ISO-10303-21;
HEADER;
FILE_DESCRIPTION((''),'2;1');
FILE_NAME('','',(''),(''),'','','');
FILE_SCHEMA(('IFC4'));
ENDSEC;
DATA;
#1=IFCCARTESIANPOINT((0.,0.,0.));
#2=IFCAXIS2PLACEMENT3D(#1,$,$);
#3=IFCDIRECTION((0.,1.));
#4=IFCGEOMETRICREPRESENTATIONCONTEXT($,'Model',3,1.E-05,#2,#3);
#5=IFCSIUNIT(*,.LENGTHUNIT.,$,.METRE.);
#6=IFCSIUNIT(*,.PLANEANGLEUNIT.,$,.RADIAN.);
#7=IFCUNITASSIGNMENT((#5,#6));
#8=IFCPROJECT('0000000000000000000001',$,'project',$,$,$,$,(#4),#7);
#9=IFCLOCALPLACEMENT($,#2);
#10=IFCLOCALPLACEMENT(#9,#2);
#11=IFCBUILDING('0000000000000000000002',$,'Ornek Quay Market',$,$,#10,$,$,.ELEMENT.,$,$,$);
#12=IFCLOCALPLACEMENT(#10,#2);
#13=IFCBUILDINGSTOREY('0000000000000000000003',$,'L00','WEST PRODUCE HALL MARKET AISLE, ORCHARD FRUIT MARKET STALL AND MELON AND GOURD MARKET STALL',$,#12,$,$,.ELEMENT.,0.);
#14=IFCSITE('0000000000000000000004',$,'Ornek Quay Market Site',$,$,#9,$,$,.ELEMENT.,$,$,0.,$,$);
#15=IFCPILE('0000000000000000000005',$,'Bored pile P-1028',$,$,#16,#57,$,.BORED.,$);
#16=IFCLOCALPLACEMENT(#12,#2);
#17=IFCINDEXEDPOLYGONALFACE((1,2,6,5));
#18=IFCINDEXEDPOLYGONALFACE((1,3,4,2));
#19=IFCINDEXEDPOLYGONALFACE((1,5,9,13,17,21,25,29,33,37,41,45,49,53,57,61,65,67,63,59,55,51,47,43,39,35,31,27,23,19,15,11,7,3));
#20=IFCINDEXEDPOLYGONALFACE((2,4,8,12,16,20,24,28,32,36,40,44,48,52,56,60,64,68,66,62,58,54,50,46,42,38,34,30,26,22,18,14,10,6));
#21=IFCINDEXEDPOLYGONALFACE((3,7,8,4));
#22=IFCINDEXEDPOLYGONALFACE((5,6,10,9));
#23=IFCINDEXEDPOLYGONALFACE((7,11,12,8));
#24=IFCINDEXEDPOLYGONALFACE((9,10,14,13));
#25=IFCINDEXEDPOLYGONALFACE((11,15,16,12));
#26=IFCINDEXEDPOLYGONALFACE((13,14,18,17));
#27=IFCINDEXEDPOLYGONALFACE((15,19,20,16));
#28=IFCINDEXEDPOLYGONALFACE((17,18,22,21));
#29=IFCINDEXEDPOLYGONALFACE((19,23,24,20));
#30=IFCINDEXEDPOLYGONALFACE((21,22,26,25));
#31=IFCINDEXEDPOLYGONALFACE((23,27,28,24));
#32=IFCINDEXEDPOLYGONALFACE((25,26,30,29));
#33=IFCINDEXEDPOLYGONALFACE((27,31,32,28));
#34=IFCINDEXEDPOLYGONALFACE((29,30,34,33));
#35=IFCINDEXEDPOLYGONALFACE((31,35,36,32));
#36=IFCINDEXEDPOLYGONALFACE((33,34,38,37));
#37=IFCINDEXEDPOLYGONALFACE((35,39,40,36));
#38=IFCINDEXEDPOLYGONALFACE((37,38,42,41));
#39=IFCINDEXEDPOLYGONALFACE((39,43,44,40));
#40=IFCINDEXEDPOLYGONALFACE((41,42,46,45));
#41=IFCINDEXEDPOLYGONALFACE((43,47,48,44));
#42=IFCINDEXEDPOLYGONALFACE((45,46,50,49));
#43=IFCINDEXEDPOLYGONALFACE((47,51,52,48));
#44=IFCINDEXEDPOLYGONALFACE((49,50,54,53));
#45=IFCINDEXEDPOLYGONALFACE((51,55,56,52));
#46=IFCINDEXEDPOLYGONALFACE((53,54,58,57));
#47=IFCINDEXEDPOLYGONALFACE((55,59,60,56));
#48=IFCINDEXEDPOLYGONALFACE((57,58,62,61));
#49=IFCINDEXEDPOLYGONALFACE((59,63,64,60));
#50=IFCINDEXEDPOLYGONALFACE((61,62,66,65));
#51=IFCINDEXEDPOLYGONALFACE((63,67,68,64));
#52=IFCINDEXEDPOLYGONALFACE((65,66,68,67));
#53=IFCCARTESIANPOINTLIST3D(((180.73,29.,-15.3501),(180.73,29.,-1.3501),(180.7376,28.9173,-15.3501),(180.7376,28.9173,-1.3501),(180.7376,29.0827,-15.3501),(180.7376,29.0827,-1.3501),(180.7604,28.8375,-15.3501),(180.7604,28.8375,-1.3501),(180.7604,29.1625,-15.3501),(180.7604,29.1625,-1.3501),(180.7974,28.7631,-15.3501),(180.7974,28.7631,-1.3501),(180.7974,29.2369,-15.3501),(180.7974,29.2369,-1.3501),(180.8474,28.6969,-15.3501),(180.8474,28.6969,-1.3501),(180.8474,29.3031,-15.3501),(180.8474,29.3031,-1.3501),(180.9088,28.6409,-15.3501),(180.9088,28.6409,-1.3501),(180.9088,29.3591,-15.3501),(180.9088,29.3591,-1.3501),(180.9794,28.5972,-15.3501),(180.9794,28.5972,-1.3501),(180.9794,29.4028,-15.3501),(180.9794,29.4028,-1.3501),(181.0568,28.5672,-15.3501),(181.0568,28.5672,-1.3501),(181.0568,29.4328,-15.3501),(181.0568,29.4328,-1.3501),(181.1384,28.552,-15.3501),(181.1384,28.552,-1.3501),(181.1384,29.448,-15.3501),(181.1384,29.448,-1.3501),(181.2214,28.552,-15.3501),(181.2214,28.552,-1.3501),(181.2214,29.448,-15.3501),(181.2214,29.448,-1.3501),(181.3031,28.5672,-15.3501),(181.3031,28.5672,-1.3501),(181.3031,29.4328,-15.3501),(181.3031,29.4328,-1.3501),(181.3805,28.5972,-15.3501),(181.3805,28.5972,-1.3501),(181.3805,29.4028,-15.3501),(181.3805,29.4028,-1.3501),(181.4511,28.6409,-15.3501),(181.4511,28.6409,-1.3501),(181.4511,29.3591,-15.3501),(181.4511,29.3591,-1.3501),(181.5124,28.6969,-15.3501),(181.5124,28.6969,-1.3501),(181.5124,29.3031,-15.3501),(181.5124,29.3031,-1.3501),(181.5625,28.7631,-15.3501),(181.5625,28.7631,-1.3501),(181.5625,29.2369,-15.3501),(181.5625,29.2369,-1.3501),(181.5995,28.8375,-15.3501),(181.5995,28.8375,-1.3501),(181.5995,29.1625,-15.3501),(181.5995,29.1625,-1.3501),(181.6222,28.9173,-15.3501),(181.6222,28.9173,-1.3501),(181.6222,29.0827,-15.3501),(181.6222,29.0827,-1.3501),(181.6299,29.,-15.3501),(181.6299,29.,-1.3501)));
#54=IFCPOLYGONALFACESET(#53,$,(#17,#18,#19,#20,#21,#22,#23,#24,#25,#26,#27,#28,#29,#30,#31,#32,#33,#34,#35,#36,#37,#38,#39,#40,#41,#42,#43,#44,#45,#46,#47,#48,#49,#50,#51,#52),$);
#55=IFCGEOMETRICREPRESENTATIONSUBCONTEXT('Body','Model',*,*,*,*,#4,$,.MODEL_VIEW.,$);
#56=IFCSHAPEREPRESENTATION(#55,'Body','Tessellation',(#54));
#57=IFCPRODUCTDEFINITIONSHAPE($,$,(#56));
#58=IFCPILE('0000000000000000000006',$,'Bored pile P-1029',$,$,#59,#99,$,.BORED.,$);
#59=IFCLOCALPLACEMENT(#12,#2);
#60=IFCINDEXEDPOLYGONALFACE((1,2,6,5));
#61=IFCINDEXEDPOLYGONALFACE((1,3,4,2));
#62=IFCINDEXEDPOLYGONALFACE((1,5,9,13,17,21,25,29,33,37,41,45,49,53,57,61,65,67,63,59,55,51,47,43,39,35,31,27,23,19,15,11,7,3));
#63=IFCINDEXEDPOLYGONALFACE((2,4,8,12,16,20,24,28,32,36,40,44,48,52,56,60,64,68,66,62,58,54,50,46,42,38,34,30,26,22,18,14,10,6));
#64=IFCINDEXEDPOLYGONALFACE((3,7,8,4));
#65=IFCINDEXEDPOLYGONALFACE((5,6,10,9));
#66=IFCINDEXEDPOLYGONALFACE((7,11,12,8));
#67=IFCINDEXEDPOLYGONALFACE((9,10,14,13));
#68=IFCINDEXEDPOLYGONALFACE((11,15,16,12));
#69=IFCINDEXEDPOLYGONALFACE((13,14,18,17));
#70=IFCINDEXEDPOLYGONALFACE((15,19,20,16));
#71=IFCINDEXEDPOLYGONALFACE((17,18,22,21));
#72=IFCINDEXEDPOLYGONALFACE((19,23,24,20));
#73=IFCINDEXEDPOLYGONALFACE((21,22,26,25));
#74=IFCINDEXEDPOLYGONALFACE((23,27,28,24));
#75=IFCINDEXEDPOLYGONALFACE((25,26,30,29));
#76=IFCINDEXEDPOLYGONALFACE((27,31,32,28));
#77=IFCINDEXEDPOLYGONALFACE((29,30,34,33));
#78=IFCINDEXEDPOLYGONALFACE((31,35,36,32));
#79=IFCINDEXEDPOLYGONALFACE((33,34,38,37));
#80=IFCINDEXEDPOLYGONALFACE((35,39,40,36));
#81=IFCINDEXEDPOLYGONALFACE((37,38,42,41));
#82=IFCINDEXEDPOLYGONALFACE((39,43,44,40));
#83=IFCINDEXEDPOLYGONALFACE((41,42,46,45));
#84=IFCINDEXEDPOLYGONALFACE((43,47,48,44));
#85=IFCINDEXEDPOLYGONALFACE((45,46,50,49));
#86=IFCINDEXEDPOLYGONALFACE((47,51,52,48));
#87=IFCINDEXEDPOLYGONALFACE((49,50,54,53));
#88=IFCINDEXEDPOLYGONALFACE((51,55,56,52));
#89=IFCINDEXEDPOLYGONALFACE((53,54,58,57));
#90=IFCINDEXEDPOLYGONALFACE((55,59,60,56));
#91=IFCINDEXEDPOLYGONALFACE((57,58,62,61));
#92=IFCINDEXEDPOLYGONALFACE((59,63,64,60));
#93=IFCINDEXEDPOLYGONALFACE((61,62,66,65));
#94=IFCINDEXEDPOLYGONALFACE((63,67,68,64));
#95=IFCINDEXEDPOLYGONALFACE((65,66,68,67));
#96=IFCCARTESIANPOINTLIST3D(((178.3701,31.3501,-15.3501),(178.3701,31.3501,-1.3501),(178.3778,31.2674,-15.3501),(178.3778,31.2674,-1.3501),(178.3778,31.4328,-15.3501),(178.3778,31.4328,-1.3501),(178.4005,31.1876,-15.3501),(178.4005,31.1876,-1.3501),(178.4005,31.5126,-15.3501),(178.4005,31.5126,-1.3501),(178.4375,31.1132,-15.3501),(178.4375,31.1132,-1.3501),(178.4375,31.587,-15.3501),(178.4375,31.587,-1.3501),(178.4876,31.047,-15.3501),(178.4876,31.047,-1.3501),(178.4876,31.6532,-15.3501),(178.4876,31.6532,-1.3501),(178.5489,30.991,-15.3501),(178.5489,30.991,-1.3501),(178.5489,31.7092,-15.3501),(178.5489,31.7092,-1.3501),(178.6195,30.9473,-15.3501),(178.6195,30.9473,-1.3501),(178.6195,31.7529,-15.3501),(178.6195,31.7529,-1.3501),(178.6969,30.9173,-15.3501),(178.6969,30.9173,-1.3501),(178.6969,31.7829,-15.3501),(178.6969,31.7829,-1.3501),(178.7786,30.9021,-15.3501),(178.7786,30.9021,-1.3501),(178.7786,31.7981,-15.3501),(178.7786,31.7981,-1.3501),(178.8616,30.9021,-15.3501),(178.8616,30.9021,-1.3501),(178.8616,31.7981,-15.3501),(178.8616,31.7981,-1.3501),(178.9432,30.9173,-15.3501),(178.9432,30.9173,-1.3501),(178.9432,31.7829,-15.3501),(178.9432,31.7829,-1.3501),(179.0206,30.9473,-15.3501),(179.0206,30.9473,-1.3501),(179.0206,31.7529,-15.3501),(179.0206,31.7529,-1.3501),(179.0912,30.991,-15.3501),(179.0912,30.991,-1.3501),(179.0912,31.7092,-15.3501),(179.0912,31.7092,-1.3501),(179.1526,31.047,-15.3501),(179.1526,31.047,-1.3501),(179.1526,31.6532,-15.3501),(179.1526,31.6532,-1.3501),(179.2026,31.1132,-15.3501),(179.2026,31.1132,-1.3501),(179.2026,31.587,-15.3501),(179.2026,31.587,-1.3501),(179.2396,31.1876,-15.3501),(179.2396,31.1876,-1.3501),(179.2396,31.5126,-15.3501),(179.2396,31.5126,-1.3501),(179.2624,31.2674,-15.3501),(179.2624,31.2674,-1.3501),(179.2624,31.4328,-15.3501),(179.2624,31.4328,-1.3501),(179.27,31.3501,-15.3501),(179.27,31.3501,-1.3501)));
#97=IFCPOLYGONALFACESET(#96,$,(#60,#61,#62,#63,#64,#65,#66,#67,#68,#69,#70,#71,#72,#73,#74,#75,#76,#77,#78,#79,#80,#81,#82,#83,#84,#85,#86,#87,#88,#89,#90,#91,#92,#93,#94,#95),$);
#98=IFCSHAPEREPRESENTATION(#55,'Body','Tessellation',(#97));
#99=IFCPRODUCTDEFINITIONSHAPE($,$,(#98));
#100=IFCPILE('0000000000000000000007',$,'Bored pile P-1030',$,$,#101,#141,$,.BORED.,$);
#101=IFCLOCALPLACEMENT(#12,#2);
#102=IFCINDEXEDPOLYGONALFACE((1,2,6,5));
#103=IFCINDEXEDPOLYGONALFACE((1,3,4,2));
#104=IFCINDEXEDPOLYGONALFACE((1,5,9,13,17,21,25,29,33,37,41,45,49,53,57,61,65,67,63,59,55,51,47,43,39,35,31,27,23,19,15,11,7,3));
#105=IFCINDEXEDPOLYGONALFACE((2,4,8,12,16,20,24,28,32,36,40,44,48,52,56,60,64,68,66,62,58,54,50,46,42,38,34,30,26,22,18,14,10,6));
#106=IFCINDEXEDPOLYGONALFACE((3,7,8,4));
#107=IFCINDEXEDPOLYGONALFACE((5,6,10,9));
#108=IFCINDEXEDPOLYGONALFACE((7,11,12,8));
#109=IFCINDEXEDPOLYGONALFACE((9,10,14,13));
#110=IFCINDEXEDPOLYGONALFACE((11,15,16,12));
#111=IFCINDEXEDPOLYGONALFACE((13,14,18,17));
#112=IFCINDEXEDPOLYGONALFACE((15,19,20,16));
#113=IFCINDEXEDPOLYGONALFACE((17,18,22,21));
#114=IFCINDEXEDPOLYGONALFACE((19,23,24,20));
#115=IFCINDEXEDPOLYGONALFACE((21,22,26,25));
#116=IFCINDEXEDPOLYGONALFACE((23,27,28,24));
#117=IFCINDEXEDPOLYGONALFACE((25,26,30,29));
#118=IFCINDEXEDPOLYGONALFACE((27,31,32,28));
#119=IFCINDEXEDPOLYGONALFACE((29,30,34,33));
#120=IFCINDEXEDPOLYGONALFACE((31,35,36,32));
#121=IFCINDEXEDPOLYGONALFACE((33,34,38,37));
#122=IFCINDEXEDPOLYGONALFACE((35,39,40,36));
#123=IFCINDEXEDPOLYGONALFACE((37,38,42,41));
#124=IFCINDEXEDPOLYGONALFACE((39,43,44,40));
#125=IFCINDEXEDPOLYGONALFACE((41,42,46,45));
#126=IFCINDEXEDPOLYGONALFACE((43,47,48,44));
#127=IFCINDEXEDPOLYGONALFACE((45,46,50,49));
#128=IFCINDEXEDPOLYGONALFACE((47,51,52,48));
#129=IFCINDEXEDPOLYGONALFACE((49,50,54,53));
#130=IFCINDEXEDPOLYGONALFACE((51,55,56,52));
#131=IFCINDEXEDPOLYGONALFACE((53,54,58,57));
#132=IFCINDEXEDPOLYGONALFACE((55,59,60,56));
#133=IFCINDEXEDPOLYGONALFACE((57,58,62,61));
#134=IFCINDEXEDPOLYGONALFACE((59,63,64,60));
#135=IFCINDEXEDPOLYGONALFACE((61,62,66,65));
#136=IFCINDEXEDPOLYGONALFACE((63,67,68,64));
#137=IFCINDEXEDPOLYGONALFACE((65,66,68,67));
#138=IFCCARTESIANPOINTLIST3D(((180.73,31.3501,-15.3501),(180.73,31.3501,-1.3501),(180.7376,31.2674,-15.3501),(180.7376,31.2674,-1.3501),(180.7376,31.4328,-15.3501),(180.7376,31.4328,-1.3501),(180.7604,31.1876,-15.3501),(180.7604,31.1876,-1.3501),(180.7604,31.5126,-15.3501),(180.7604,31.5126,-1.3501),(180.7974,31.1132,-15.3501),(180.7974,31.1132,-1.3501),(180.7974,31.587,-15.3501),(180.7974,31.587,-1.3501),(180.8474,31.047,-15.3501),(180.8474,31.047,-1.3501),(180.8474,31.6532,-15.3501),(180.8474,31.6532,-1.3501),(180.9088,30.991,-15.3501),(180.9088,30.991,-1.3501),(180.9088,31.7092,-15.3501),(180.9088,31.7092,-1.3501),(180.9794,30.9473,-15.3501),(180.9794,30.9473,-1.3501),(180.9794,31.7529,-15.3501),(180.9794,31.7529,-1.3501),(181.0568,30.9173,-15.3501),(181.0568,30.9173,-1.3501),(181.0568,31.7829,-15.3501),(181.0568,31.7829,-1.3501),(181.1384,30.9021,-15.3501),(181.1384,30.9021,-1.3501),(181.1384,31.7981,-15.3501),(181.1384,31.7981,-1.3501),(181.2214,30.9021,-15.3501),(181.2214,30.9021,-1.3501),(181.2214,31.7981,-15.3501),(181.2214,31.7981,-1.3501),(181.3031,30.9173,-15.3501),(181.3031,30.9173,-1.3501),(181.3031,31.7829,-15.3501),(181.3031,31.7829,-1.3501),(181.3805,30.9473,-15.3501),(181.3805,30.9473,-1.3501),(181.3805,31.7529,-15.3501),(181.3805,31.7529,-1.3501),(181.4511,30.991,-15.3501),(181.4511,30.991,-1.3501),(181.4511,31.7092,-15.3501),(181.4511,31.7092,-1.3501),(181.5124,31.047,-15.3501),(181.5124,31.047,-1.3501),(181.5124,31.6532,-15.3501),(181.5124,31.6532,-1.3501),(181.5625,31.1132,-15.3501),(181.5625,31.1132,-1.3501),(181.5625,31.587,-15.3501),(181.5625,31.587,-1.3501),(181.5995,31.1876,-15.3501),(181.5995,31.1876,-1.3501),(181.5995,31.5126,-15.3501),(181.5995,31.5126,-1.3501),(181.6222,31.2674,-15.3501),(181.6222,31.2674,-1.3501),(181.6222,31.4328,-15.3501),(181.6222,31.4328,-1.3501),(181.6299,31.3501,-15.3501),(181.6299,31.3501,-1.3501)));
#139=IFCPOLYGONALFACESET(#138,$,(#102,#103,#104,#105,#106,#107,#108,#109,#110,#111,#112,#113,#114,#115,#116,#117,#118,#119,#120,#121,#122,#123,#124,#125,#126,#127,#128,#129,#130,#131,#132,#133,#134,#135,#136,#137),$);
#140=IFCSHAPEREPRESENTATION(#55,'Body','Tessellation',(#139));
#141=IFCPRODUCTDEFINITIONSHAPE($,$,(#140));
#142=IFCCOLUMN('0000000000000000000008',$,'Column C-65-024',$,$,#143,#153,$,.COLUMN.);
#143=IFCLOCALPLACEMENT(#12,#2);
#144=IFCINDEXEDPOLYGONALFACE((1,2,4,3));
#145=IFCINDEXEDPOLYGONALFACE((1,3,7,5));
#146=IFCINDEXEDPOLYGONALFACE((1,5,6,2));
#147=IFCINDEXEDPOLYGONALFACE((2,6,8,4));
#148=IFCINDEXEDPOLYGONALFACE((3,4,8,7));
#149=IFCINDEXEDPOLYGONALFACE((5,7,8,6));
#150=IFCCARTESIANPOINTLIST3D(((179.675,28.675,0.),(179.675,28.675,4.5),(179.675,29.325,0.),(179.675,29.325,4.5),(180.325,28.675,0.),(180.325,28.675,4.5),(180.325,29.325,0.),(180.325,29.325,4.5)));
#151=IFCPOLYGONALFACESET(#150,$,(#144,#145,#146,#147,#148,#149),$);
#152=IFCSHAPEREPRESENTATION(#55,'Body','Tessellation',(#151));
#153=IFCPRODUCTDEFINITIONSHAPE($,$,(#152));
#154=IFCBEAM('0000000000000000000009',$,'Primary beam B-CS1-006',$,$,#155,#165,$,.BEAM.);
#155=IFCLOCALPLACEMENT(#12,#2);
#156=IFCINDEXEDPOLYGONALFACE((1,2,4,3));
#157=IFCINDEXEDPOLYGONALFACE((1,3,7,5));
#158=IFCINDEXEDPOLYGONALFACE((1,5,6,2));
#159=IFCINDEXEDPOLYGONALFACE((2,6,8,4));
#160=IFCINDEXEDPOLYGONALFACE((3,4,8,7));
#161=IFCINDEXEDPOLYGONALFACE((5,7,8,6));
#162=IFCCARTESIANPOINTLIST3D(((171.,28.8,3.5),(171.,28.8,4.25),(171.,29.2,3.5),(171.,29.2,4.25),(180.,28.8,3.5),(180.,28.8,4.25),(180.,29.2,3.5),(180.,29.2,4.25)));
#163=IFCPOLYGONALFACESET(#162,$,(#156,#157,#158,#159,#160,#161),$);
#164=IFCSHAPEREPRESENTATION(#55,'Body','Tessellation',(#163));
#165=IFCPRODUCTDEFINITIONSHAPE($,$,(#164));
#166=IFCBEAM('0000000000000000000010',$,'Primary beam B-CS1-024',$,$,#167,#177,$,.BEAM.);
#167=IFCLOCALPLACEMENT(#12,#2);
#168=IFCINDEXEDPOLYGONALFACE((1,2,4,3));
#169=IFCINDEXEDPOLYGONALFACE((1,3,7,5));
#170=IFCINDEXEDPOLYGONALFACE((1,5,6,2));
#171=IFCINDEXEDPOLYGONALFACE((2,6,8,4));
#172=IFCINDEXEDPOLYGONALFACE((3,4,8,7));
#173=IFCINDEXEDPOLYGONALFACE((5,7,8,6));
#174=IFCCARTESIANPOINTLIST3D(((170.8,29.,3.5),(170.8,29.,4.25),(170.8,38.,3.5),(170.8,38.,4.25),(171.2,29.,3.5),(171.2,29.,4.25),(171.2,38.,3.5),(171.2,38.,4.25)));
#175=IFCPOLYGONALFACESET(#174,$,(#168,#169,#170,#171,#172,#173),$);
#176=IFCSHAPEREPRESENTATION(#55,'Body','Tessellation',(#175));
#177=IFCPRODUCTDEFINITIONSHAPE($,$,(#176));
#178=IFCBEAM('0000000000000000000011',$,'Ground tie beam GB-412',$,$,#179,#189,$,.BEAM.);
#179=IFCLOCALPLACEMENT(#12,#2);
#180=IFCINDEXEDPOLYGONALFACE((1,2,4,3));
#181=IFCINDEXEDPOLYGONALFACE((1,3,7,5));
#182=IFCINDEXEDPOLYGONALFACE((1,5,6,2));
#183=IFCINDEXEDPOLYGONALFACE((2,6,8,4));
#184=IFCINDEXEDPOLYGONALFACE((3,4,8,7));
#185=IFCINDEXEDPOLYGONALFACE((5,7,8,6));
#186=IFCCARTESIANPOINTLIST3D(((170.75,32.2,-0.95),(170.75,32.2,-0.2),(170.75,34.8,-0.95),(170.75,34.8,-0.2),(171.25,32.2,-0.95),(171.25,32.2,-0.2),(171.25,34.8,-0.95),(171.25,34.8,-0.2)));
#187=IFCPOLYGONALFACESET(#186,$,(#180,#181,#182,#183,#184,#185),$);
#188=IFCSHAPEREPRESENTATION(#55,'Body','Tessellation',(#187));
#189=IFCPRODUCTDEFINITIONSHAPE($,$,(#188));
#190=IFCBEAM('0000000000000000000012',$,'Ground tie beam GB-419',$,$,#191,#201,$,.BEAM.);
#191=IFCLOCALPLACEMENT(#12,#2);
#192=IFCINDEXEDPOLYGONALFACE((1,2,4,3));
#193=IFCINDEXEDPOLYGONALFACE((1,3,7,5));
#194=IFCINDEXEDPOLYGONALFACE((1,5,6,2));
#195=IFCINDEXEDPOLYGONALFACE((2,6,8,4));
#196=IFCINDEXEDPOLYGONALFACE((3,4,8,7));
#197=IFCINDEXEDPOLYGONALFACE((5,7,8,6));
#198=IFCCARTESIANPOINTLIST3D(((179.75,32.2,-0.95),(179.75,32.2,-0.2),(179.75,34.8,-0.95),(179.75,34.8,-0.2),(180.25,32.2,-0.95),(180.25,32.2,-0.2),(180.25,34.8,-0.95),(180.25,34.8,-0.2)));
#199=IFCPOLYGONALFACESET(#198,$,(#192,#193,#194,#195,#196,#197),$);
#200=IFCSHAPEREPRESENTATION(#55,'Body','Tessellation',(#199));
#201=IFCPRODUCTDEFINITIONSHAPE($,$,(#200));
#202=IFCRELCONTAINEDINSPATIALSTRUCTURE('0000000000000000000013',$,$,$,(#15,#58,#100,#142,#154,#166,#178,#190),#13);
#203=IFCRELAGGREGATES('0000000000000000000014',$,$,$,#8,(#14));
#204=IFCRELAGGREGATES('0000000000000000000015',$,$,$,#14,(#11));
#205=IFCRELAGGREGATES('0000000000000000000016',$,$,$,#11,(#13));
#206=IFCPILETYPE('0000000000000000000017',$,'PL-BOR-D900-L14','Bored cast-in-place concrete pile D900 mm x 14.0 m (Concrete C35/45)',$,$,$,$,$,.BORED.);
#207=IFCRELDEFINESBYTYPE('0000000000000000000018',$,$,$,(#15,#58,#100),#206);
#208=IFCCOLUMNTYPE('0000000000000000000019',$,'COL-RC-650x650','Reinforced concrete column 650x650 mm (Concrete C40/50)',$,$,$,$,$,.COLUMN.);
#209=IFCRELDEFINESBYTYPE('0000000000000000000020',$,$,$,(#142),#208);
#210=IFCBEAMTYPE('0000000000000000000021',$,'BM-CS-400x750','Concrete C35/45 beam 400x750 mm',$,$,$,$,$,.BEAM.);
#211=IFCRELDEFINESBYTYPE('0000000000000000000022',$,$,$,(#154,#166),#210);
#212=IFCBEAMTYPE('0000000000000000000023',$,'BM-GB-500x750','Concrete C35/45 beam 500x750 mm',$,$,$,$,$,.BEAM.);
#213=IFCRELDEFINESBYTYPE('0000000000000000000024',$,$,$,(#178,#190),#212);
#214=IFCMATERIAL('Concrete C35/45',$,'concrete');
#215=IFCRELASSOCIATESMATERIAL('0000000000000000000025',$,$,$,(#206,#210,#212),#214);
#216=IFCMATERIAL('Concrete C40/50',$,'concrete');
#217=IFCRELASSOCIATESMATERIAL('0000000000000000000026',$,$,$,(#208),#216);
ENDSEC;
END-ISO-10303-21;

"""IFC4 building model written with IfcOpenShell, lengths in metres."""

from ifc_helpers import new_model, si_unit, direction, frame, origin, origin_2d, place, context, subcontext, project, spatial, rectangle, circle, extrude, material, material_profile, profile_set, type_object, element, save


model = new_model("IFC4")

# Units and contexts
model_context = context("Model", 3, precision=1e-05, world=origin(), true_north=direction((0.0, 1.0)))
body_context = subcontext(model_context, "Body", "Model", "MODEL_VIEW")
ifc_project = project(units=[si_unit("LENGTHUNIT", "METRE"), si_unit("PLANEANGLEUNIT", "RADIAN")], contexts=[model_context])

# Site, building, storey
site_placement = place(None, origin())
site = spatial("IfcSite", under=ifc_project, at=site_placement, Name="Ornek Quay Market Site", CompositionType="ELEMENT", RefElevation=0.0)
building_placement = place(site_placement, origin())
building = spatial("IfcBuilding", under=site, at=building_placement, Name="Ornek Quay Market", CompositionType="ELEMENT")
storey_placement = place(building_placement, origin())
storey = spatial("IfcBuildingStorey", under=building, at=storey_placement, Name="L00", Description="WEST PRODUCE HALL MARKET AISLE, ORCHARD FRUIT MARKET STALL AND MELON AND GOURD MARKET STALL", CompositionType="ELEMENT", Elevation=0.0)

# Piles
ifc_material_1 = material(Name="Concrete C35/45", Category="concrete")
ifc_material_profile_1 = material_profile(ifc_material_1, circle(Radius=0.45, at=origin_2d()), Name="PILE D900", Category="concrete")
ifc_profile_set_1 = profile_set([ifc_material_profile_1], Name="Concrete C35/45")
pile_type = type_object("IfcPileType", Name="PL-BOR-D900-L14", Description="Bored cast-in-place concrete pile D900 mm x 14.0 m (Concrete C35/45)", PredefinedType="BORED", material=ifc_profile_set_1)
for number, where, z_axis, x_axis, name in (
    (1, (181.1799, 29.0, -1.3501), (0.0, 0.0, -1.0), (1.0, 0.0, 0.0), "Bored pile P-1028"),
    (2, (178.8201, 31.3501, -1.3501), (0.0, 0.0, -1.0), (1.0, 0.0, 0.0), "Bored pile P-1029"),
    (3, (181.1799, 31.3501, -1.3501), (0.0, 0.0, -1.0), (1.0, 0.0, 0.0), "Bored pile P-1030"),
):
    element("IfcPile", number, at=place(storey_placement, frame(where, z_axis=z_axis, x_axis=x_axis)), inside=storey, type_object=pile_type, Name=name, PredefinedType="BORED", context=body_context, shape_type="SweptSolid", body=[
        extrude(circle(Radius=0.45, at=origin_2d()), origin(), (0.0, 0.0, 1.0), 14.0),
    ])

# Column
ifc_material_2 = material(Name="Concrete C40/50", Category="concrete")
ifc_material_profile_2 = material_profile(ifc_material_2, rectangle(XDim=0.6499, YDim=0.6499, at=origin_2d()), Name="RC 650x650", Category="concrete")
ifc_profile_set_2 = profile_set([ifc_material_profile_2], Name="Concrete C40/50")
column_type = type_object("IfcColumnType", Name="COL-RC-650x650", Description="Reinforced concrete column 650x650 mm (Concrete C40/50)", PredefinedType="COLUMN", material=ifc_profile_set_2)
column_placement = place(storey_placement, frame((180.0, 29.0, 0.0), z_axis=(0.0, 0.0, 1.0), x_axis=(1.0, 0.0, 0.0)))
element("IfcColumn", 4, at=column_placement, inside=storey, type_object=column_type, Name="Column C-65-024", PredefinedType="COLUMN", context=body_context, shape_type="SweptSolid", body=[
    extrude(rectangle(XDim=0.6499, YDim=0.6499, at=origin_2d()), origin(), (0.0, 0.0, 1.0), 4.5),
])

# Beams
ifc_material_profile_3 = material_profile(ifc_material_1, rectangle(XDim=0.3999, YDim=0.75, at=origin_2d()), Name="RC 400x750", Category="concrete")
ifc_profile_set_3 = profile_set([ifc_material_profile_3], Name="Concrete C35/45")
beam_type_1 = type_object("IfcBeamType", Name="BM-CS-400x750", Description="Concrete C35/45 beam 400x750 mm", PredefinedType="BEAM", material=ifc_profile_set_3)
for number, where, z_axis, x_axis, name in (
    (5, (171.0, 29.0, 3.875), (1.0, 0.0, 0.0), (0.0, 1.0, 0.0), "Primary beam B-CS1-006"),
    (6, (171.0, 29.0, 3.875), (0.0, 1.0, 0.0), (-1.0, 0.0, 0.0), "Primary beam B-CS1-024"),
):
    element("IfcBeam", number, at=place(storey_placement, frame(where, z_axis=z_axis, x_axis=x_axis)), inside=storey, type_object=beam_type_1, Name=name, PredefinedType="BEAM", context=body_context, shape_type="SweptSolid", body=[
        extrude(rectangle(XDim=0.3999, YDim=0.75, at=origin_2d()), origin(), (0.0, 0.0, 1.0), 9.0),
    ])
ifc_material_profile_4 = material_profile(ifc_material_1, rectangle(XDim=0.5, YDim=0.75, at=origin_2d()), Name="RC 500x750", Category="concrete")
ifc_profile_set_4 = profile_set([ifc_material_profile_4], Name="Concrete C35/45")
beam_type_2 = type_object("IfcBeamType", Name="BM-GB-500x750", Description="Concrete C35/45 beam 500x750 mm", PredefinedType="BEAM", material=ifc_profile_set_4)
for number, where, z_axis, x_axis, name in (
    (7, (171.0, 32.2, -0.575), (0.0, 1.0, 0.0), (-1.0, 0.0, 0.0), "Ground tie beam GB-412"),
    (8, (180.0, 32.2, -0.575), (0.0, 1.0, 0.0), (-1.0, 0.0, 0.0), "Ground tie beam GB-419"),
):
    element("IfcBeam", number, at=place(storey_placement, frame(where, z_axis=z_axis, x_axis=x_axis)), inside=storey, type_object=beam_type_2, Name=name, PredefinedType="BEAM", context=body_context, shape_type="SweptSolid", body=[
        extrude(rectangle(XDim=0.5, YDim=0.75, at=origin_2d()), origin(), (0.0, 0.0, 1.0), 2.6001),
    ])

save(model, "model.ifc")
